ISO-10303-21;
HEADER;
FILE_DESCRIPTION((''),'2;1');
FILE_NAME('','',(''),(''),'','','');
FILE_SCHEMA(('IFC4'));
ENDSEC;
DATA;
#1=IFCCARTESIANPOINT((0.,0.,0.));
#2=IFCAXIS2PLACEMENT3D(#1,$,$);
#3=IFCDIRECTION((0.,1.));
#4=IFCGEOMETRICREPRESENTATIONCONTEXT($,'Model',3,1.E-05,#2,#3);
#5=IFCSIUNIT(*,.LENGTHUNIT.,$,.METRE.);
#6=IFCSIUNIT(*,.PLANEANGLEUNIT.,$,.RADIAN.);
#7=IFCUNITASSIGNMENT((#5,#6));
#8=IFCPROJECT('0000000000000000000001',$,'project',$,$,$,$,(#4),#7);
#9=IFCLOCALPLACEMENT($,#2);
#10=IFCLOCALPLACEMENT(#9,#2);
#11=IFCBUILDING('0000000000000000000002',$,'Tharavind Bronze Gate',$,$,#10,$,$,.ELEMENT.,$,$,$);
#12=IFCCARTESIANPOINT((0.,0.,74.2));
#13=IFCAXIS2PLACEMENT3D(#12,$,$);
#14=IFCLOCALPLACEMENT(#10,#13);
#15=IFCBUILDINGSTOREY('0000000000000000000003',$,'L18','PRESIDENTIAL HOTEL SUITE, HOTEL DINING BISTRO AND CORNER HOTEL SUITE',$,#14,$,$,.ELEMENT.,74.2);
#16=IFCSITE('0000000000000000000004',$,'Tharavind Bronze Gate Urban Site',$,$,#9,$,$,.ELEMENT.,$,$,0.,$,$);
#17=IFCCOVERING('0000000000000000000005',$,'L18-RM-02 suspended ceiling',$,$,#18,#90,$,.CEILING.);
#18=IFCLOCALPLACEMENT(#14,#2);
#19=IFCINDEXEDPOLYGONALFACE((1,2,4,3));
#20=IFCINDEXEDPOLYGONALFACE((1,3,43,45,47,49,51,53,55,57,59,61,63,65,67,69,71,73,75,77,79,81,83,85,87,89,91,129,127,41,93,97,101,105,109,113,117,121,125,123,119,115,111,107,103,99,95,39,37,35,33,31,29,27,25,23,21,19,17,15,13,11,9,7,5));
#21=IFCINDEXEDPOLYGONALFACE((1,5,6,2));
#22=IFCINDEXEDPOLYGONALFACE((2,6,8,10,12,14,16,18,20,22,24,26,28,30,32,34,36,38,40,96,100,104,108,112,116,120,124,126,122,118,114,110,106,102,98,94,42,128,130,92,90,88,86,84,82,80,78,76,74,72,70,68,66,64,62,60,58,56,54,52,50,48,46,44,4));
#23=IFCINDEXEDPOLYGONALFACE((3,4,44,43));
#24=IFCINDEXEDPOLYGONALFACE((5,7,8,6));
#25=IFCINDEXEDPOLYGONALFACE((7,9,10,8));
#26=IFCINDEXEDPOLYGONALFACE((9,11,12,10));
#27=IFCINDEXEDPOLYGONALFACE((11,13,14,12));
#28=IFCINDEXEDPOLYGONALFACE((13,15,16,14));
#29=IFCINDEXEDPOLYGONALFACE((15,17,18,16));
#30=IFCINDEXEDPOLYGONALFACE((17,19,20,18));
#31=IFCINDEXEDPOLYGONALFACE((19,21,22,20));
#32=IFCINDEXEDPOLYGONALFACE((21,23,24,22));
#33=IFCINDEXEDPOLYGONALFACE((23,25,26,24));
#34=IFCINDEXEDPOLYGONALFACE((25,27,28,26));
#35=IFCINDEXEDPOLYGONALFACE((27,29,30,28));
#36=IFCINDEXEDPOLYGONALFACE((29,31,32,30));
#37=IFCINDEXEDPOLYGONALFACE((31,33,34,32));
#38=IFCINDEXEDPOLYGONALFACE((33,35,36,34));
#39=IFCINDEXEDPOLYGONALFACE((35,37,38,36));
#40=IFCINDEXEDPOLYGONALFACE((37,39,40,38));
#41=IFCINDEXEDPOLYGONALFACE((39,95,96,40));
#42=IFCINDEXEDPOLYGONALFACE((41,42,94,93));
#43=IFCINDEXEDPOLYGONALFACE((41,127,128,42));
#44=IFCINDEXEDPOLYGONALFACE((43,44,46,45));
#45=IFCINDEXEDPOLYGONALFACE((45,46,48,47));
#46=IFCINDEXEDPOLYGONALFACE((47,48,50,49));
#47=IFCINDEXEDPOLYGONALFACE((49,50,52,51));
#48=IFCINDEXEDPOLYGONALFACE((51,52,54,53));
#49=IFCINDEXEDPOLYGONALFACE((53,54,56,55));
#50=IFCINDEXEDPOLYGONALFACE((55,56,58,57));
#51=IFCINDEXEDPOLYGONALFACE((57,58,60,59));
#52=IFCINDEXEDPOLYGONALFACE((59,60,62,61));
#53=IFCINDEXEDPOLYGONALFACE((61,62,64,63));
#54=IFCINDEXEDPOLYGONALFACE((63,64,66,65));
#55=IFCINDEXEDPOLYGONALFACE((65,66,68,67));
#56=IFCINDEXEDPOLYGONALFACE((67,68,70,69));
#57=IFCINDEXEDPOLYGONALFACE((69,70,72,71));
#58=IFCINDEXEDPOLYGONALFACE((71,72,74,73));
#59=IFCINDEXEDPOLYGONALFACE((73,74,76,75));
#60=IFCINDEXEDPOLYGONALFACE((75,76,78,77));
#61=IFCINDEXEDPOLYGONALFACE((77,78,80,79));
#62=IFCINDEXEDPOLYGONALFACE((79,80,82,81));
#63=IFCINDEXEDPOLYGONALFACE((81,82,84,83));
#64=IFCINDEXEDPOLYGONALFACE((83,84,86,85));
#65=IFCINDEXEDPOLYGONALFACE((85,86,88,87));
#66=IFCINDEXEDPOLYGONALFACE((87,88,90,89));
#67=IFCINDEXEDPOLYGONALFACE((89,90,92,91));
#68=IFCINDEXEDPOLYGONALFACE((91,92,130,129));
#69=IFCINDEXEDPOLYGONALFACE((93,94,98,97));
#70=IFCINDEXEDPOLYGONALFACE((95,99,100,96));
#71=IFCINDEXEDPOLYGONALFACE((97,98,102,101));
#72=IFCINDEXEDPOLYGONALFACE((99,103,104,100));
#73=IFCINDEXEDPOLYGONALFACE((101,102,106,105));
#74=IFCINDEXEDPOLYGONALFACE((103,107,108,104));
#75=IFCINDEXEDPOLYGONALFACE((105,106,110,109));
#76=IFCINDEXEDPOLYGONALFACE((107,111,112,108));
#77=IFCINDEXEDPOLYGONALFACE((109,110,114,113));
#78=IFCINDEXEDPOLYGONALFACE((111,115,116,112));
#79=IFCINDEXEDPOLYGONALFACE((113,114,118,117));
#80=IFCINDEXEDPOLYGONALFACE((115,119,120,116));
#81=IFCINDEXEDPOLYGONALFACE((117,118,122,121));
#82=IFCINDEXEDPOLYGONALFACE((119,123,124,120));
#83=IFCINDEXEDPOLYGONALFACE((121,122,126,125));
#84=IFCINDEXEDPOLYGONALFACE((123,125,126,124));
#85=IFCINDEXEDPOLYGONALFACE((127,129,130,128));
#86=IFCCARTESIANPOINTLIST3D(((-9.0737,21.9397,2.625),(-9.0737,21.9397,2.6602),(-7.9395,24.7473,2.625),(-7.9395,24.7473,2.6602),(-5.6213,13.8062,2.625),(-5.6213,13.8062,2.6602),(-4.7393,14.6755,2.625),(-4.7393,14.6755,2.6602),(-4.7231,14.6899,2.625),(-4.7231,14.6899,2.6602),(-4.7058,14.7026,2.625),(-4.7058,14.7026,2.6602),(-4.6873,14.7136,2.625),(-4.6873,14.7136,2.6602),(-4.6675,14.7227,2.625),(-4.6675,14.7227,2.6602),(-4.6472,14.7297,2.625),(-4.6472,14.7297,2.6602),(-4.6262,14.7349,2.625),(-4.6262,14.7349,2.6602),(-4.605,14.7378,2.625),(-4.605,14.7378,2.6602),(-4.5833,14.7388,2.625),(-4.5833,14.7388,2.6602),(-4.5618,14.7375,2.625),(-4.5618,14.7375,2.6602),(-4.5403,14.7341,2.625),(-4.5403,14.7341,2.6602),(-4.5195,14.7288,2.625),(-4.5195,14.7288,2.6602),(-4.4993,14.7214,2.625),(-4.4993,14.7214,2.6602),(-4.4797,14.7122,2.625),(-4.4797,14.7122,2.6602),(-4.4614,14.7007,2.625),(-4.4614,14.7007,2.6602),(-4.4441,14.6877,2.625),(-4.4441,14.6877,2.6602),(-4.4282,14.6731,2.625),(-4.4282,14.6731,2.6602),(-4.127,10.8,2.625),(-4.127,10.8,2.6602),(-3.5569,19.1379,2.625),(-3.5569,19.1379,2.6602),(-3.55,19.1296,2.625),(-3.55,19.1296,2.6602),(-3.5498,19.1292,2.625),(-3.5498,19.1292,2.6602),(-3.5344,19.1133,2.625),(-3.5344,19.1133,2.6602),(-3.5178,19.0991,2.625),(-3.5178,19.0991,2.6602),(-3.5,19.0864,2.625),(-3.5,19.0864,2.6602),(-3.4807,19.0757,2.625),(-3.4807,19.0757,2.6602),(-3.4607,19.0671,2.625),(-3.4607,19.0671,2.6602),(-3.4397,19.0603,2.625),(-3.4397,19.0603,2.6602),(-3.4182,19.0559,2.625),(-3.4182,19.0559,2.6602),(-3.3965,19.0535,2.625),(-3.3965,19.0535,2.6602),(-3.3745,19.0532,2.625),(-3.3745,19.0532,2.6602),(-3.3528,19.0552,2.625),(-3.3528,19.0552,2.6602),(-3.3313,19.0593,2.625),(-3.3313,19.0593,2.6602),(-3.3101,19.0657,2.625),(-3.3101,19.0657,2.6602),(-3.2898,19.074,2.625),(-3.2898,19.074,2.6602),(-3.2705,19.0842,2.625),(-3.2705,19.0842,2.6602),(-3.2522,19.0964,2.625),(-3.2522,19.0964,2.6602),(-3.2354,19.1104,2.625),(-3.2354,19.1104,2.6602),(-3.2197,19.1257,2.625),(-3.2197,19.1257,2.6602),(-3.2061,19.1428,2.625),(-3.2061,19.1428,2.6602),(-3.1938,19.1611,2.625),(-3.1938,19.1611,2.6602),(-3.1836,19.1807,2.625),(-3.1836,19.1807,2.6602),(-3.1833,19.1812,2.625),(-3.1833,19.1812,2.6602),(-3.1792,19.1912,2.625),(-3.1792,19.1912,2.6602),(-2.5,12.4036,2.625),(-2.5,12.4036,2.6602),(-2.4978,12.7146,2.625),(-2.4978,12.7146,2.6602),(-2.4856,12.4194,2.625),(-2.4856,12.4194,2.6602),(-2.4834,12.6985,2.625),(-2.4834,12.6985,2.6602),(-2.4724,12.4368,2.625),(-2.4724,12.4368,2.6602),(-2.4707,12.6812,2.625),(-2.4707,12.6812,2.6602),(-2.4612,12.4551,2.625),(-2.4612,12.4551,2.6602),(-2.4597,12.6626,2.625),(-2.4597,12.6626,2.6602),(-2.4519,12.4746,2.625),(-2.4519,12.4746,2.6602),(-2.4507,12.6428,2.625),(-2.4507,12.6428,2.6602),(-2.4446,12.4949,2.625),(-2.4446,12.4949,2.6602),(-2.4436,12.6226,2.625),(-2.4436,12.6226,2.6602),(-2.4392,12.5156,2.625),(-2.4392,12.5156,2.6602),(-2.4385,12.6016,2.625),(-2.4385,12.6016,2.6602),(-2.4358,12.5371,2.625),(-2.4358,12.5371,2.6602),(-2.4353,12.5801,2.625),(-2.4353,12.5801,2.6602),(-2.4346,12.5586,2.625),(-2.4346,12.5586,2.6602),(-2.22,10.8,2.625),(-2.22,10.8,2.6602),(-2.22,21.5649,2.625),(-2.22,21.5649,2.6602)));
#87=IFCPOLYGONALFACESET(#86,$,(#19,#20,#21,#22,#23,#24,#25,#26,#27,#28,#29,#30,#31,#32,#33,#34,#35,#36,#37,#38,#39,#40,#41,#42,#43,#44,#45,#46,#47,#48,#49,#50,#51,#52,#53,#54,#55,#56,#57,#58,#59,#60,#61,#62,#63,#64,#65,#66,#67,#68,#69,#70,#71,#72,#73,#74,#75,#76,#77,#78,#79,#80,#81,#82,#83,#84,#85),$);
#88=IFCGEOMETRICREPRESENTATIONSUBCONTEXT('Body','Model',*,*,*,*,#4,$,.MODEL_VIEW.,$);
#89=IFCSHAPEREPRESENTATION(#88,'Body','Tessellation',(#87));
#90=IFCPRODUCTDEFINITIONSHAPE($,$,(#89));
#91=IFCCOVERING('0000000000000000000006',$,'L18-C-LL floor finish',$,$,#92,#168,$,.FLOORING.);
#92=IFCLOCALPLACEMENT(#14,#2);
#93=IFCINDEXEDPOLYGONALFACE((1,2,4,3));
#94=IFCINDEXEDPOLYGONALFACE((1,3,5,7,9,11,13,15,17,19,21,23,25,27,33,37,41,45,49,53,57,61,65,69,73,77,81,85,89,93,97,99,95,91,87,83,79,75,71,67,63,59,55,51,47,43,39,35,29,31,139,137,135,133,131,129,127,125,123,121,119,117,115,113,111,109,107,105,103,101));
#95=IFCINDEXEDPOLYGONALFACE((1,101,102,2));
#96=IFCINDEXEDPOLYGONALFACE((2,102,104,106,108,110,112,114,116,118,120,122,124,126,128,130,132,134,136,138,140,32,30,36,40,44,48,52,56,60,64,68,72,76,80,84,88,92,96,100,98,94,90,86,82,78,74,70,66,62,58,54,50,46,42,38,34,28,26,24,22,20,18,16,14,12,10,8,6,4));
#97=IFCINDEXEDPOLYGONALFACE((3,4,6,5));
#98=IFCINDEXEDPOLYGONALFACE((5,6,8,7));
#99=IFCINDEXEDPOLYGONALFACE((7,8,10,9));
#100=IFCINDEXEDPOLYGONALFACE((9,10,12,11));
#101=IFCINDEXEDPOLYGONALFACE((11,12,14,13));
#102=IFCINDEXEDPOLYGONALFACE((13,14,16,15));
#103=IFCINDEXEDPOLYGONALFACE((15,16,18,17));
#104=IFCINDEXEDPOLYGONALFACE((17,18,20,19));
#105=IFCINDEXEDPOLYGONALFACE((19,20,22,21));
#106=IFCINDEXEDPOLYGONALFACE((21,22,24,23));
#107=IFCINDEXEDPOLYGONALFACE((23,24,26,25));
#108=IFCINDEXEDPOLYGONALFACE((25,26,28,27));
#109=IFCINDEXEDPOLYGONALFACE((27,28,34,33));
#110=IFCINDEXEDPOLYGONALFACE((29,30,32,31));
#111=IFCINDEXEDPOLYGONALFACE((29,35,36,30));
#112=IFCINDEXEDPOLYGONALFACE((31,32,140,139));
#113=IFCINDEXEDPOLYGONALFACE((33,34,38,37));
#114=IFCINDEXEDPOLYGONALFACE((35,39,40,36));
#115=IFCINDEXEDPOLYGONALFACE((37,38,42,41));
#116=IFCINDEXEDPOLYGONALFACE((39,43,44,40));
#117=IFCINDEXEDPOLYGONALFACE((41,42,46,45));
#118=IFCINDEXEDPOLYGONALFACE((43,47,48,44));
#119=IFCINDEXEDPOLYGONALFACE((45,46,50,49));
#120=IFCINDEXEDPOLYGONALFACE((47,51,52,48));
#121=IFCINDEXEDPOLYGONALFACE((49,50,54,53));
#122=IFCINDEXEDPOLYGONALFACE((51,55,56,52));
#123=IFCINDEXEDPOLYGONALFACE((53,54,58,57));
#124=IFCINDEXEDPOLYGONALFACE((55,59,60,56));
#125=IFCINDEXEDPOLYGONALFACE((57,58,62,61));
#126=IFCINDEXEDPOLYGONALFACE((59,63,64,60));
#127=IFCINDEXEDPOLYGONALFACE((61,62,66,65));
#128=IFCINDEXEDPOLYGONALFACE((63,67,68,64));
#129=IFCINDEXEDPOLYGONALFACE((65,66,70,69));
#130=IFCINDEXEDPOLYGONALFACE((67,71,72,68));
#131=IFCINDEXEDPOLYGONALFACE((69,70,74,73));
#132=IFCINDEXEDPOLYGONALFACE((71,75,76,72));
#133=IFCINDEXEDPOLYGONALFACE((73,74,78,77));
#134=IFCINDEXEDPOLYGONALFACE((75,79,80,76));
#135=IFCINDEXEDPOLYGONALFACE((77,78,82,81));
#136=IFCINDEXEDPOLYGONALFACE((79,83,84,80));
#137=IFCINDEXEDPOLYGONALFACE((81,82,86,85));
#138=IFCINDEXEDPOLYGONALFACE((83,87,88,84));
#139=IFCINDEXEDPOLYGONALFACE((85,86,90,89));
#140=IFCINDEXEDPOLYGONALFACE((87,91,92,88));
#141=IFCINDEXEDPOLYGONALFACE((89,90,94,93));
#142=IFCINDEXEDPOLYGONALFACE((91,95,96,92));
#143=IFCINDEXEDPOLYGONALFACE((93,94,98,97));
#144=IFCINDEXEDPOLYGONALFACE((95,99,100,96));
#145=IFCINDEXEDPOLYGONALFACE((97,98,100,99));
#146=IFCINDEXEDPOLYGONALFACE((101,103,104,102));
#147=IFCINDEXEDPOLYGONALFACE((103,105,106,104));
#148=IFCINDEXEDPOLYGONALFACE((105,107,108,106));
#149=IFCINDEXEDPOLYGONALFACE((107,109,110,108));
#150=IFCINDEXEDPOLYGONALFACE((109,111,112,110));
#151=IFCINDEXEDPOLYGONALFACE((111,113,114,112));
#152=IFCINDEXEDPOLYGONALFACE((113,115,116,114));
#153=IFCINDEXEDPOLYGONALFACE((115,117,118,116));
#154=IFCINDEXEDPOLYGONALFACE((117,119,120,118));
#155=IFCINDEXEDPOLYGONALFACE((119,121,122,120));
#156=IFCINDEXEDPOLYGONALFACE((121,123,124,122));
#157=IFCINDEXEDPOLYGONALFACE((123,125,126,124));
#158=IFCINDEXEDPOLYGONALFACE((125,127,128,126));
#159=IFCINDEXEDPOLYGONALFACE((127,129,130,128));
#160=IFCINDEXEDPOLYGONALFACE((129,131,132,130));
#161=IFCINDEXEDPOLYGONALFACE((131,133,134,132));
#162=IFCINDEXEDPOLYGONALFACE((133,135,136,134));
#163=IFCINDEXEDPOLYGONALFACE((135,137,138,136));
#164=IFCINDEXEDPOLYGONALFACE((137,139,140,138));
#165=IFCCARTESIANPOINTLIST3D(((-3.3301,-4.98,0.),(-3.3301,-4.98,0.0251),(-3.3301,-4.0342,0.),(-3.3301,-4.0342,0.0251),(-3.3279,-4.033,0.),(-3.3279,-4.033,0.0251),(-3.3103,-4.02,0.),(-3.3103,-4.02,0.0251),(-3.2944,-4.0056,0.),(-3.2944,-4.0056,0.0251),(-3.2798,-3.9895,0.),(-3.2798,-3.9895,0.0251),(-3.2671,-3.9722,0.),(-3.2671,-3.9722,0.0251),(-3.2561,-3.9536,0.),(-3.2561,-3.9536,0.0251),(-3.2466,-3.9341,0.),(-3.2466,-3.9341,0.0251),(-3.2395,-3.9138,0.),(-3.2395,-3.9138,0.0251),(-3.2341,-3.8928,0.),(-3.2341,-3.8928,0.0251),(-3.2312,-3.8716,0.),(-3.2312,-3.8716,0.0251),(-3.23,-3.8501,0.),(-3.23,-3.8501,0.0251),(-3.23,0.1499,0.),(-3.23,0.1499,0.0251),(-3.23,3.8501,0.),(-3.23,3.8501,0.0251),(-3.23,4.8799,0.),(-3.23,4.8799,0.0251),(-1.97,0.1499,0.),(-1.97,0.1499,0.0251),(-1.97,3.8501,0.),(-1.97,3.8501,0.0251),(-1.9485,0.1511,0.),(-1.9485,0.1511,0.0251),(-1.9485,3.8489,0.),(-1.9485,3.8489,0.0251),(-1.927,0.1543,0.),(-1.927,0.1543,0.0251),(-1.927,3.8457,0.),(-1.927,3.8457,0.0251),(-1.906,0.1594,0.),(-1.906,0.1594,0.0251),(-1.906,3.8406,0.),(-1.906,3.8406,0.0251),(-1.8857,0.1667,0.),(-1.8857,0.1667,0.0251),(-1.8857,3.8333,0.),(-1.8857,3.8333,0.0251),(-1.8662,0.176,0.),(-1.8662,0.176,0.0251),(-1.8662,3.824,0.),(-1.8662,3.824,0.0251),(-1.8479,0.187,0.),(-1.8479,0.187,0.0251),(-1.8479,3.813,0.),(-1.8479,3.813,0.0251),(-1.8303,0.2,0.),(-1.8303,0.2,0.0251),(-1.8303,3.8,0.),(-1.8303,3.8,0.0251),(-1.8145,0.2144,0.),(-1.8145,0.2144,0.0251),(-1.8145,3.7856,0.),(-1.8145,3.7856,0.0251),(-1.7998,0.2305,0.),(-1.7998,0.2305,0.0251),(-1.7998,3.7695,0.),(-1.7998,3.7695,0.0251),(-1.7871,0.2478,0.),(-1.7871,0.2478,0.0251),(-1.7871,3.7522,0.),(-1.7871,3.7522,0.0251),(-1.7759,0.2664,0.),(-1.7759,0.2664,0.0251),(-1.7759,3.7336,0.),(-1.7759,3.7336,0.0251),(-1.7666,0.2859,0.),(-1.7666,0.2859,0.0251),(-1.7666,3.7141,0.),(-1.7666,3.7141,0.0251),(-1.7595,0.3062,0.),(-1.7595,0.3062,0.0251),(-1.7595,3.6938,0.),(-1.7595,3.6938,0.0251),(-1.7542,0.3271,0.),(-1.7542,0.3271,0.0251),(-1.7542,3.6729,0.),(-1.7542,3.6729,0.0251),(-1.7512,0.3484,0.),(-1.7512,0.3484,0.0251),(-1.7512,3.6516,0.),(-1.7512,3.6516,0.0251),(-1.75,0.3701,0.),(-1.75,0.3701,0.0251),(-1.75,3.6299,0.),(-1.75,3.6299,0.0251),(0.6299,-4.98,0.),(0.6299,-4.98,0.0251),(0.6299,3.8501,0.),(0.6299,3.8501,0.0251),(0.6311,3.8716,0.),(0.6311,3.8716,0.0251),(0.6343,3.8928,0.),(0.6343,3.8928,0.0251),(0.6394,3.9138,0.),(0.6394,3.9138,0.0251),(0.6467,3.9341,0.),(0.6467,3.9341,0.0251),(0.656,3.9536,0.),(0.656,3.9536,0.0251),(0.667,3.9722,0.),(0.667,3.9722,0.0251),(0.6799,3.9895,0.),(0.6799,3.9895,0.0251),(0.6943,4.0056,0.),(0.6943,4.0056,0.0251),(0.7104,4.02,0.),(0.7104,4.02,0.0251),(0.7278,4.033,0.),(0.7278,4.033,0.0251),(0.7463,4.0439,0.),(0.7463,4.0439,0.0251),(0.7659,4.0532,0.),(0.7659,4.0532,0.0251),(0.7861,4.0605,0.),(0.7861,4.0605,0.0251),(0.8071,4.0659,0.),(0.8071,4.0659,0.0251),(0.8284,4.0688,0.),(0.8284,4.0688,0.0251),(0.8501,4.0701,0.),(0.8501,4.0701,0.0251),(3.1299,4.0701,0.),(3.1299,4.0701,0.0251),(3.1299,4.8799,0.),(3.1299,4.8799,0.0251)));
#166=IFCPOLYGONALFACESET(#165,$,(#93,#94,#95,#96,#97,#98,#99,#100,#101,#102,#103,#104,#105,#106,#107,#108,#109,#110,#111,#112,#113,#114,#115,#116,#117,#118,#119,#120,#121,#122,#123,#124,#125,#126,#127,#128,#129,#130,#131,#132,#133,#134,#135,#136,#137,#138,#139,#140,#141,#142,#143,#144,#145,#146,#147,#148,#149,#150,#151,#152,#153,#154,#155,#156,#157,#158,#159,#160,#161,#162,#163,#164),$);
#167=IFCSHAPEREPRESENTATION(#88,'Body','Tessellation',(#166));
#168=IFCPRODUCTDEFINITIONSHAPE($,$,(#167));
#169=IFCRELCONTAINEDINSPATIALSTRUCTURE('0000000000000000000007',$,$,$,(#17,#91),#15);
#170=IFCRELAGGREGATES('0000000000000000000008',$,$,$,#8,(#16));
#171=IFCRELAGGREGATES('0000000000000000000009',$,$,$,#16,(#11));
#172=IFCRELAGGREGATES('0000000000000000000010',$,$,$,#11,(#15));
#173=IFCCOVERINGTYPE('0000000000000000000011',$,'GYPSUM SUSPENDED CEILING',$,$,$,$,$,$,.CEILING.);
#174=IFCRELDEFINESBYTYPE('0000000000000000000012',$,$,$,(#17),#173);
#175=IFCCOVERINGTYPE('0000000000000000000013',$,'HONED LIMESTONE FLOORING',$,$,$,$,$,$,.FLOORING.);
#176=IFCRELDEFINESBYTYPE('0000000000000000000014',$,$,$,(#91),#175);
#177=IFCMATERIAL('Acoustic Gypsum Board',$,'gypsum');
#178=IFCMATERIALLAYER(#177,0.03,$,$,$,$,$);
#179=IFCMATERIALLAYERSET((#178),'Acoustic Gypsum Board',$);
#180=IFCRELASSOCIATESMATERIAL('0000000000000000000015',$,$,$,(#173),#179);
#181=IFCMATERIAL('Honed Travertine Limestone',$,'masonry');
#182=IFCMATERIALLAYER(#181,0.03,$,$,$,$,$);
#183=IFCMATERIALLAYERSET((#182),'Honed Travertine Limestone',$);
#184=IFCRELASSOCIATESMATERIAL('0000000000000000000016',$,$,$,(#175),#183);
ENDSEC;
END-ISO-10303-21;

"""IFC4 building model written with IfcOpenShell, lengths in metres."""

from ifc_helpers import new_model, si_unit, direction, frame, origin, place, context, subcontext, project, spatial, polyline, outline, extrude, material, layer, layer_set, type_object, element, save


model = new_model("IFC4")

# Units and contexts
model_context = context("Model", 3, precision=1e-05, world=origin(), true_north=direction((0.0, 1.0)))
body_context = subcontext(model_context, "Body", "Model", "MODEL_VIEW")
ifc_project = project(units=[si_unit("LENGTHUNIT", "METRE"), si_unit("PLANEANGLEUNIT", "RADIAN")], contexts=[model_context])

# Site, building, storey
site_placement = place(None, origin())
site = spatial("IfcSite", under=ifc_project, at=site_placement, Name="Tharavind Bronze Gate Urban Site", CompositionType="ELEMENT", RefElevation=0.0)
building_placement = place(site_placement, origin())
building = spatial("IfcBuilding", under=site, at=building_placement, Name="Tharavind Bronze Gate", CompositionType="ELEMENT")
storey_placement = place(building_placement, frame((0.0, 0.0, 74.2)))
storey = spatial("IfcBuildingStorey", under=building, at=storey_placement, Name="L18", Description="PRESIDENTIAL HOTEL SUITE, HOTEL DINING BISTRO AND CORNER HOTEL SUITE", CompositionType="ELEMENT", Elevation=74.2)

# Coverings
ifc_material_1 = material(Name="Acoustic Gypsum Board", Category="gypsum")
ifc_layer_1 = layer(ifc_material_1, 0.03)
ifc_layer_set_1 = layer_set([ifc_layer_1], Name="Acoustic Gypsum Board")
covering_type_1 = type_object("IfcCoveringType", Name="GYPSUM SUSPENDED CEILING", PredefinedType="CEILING", material=ifc_layer_set_1)
covering_1_placement = place(storey_placement, frame((0.0, 0.0, 2.625)))
element("IfcCovering", 1, at=covering_1_placement, inside=storey, type_object=covering_type_1, Name="L18-RM-02 suspended ceiling", PredefinedType="CEILING", context=body_context, shape_type="SweptSolid", body=[
    extrude(outline(polyline([(-5.6213, 13.8062), (-4.7393, 14.6755), (-4.7231, 14.6899), (-4.7058, 14.7026), (-4.6873, 14.7136), (-4.6675, 14.7227), (-4.6472, 14.7297), (-4.6262, 14.7349), (-4.605, 14.7378), (-4.5833, 14.7388), (-4.5618, 14.7375), (-4.5403, 14.7341), (-4.5195, 14.7288), (-4.4993, 14.7214), (-4.4797, 14.7122), (-4.4614, 14.7007), (-4.4441, 14.6877), (-4.4282, 14.6731), (-2.4978, 12.7146), (-2.4834, 12.6985), (-2.4707, 12.6812), (-2.4597, 12.6626), (-2.4507, 12.6428), (-2.4436, 12.6226), (-2.4385, 12.6016), (-2.4353, 12.5801), (-2.4346, 12.5586), (-2.4358, 12.5371), (-2.4392, 12.5156), (-2.4446, 12.4949), (-2.4519, 12.4746), (-2.4612, 12.4551), (-2.4724, 12.4368), (-2.4856, 12.4194), (-2.5, 12.4036), (-4.127, 10.8), (-2.22, 10.8), (-2.22, 21.5649), (-3.1792, 19.1912), (-3.1833, 19.1812), (-3.1836, 19.1807), (-3.1938, 19.1611), (-3.2061, 19.1428), (-3.2197, 19.1257), (-3.2354, 19.1104), (-3.2522, 19.0964), (-3.2705, 19.0842), (-3.2898, 19.074), (-3.3101, 19.0657), (-3.3313, 19.0593), (-3.3528, 19.0552), (-3.3745, 19.0532), (-3.3965, 19.0535), (-3.4182, 19.0559), (-3.4397, 19.0603), (-3.4607, 19.0671), (-3.4807, 19.0757), (-3.5, 19.0864), (-3.5178, 19.0991), (-3.5344, 19.1133), (-3.5498, 19.1292), (-3.55, 19.1296), (-3.5569, 19.1379), (-7.9395, 24.7473), (-9.0737, 21.9397), (-5.6213, 13.8062)])), origin(), (0.0, 0.0, 1.0), 0.0352),
])
ifc_material_2 = material(Name="Honed Travertine Limestone", Category="masonry")
ifc_layer_2 = layer(ifc_material_2, 0.03)
ifc_layer_set_2 = layer_set([ifc_layer_2], Name="Honed Travertine Limestone")
covering_type_2 = type_object("IfcCoveringType", Name="HONED LIMESTONE FLOORING", PredefinedType="FLOORING", material=ifc_layer_set_2)
covering_2_placement = place(storey_placement, origin())
element("IfcCovering", 2, at=covering_2_placement, inside=storey, type_object=covering_type_2, Name="L18-C-LL floor finish", PredefinedType="FLOORING", context=body_context, shape_type="SweptSolid", body=[
    extrude(outline(polyline([(-3.3301, -4.98), (0.6299, -4.98), (0.6299, 3.8501), (0.6311, 3.8716), (0.6343, 3.8928), (0.6394, 3.9138), (0.6467, 3.9341), (0.656, 3.9536), (0.667, 3.9722), (0.6799, 3.9895), (0.6943, 4.0056), (0.7104, 4.02), (0.7278, 4.033), (0.7463, 4.0439), (0.7659, 4.0532), (0.7861, 4.0605), (0.8071, 4.0659), (0.8284, 4.0688), (0.8501, 4.0701), (3.1299, 4.0701), (3.1299, 4.8799), (-3.23, 4.8799), (-3.23, 3.8501), (-1.97, 3.8501), (-1.9485, 3.8489), (-1.927, 3.8457), (-1.906, 3.8406), (-1.8857, 3.8333), (-1.8662, 3.824), (-1.8479, 3.813), (-1.8303, 3.8), (-1.8145, 3.7856), (-1.7998, 3.7695), (-1.7871, 3.7522), (-1.7759, 3.7336), (-1.7666, 3.7141), (-1.7595, 3.6938), (-1.7542, 3.6729), (-1.7512, 3.6516), (-1.75, 3.6299), (-1.75, 0.3701), (-1.7512, 0.3484), (-1.7542, 0.3271), (-1.7595, 0.3062), (-1.7666, 0.2859), (-1.7759, 0.2664), (-1.7871, 0.2478), (-1.7998, 0.2305), (-1.8145, 0.2144), (-1.8303, 0.2), (-1.8479, 0.187), (-1.8662, 0.176), (-1.8857, 0.1667), (-1.906, 0.1594), (-1.927, 0.1543), (-1.9485, 0.1511), (-1.97, 0.1499), (-3.23, 0.1499), (-3.23, -3.8501), (-3.2312, -3.8716), (-3.2341, -3.8928), (-3.2395, -3.9138), (-3.2466, -3.9341), (-3.2561, -3.9536), (-3.2671, -3.9722), (-3.2798, -3.9895), (-3.2944, -4.0056), (-3.3103, -4.02), (-3.3279, -4.033), (-3.3301, -4.0342), (-3.3301, -4.98)])), origin(), (0.0, 0.0, 1.0), 0.0251),
])

save(model, "model.ifc")
